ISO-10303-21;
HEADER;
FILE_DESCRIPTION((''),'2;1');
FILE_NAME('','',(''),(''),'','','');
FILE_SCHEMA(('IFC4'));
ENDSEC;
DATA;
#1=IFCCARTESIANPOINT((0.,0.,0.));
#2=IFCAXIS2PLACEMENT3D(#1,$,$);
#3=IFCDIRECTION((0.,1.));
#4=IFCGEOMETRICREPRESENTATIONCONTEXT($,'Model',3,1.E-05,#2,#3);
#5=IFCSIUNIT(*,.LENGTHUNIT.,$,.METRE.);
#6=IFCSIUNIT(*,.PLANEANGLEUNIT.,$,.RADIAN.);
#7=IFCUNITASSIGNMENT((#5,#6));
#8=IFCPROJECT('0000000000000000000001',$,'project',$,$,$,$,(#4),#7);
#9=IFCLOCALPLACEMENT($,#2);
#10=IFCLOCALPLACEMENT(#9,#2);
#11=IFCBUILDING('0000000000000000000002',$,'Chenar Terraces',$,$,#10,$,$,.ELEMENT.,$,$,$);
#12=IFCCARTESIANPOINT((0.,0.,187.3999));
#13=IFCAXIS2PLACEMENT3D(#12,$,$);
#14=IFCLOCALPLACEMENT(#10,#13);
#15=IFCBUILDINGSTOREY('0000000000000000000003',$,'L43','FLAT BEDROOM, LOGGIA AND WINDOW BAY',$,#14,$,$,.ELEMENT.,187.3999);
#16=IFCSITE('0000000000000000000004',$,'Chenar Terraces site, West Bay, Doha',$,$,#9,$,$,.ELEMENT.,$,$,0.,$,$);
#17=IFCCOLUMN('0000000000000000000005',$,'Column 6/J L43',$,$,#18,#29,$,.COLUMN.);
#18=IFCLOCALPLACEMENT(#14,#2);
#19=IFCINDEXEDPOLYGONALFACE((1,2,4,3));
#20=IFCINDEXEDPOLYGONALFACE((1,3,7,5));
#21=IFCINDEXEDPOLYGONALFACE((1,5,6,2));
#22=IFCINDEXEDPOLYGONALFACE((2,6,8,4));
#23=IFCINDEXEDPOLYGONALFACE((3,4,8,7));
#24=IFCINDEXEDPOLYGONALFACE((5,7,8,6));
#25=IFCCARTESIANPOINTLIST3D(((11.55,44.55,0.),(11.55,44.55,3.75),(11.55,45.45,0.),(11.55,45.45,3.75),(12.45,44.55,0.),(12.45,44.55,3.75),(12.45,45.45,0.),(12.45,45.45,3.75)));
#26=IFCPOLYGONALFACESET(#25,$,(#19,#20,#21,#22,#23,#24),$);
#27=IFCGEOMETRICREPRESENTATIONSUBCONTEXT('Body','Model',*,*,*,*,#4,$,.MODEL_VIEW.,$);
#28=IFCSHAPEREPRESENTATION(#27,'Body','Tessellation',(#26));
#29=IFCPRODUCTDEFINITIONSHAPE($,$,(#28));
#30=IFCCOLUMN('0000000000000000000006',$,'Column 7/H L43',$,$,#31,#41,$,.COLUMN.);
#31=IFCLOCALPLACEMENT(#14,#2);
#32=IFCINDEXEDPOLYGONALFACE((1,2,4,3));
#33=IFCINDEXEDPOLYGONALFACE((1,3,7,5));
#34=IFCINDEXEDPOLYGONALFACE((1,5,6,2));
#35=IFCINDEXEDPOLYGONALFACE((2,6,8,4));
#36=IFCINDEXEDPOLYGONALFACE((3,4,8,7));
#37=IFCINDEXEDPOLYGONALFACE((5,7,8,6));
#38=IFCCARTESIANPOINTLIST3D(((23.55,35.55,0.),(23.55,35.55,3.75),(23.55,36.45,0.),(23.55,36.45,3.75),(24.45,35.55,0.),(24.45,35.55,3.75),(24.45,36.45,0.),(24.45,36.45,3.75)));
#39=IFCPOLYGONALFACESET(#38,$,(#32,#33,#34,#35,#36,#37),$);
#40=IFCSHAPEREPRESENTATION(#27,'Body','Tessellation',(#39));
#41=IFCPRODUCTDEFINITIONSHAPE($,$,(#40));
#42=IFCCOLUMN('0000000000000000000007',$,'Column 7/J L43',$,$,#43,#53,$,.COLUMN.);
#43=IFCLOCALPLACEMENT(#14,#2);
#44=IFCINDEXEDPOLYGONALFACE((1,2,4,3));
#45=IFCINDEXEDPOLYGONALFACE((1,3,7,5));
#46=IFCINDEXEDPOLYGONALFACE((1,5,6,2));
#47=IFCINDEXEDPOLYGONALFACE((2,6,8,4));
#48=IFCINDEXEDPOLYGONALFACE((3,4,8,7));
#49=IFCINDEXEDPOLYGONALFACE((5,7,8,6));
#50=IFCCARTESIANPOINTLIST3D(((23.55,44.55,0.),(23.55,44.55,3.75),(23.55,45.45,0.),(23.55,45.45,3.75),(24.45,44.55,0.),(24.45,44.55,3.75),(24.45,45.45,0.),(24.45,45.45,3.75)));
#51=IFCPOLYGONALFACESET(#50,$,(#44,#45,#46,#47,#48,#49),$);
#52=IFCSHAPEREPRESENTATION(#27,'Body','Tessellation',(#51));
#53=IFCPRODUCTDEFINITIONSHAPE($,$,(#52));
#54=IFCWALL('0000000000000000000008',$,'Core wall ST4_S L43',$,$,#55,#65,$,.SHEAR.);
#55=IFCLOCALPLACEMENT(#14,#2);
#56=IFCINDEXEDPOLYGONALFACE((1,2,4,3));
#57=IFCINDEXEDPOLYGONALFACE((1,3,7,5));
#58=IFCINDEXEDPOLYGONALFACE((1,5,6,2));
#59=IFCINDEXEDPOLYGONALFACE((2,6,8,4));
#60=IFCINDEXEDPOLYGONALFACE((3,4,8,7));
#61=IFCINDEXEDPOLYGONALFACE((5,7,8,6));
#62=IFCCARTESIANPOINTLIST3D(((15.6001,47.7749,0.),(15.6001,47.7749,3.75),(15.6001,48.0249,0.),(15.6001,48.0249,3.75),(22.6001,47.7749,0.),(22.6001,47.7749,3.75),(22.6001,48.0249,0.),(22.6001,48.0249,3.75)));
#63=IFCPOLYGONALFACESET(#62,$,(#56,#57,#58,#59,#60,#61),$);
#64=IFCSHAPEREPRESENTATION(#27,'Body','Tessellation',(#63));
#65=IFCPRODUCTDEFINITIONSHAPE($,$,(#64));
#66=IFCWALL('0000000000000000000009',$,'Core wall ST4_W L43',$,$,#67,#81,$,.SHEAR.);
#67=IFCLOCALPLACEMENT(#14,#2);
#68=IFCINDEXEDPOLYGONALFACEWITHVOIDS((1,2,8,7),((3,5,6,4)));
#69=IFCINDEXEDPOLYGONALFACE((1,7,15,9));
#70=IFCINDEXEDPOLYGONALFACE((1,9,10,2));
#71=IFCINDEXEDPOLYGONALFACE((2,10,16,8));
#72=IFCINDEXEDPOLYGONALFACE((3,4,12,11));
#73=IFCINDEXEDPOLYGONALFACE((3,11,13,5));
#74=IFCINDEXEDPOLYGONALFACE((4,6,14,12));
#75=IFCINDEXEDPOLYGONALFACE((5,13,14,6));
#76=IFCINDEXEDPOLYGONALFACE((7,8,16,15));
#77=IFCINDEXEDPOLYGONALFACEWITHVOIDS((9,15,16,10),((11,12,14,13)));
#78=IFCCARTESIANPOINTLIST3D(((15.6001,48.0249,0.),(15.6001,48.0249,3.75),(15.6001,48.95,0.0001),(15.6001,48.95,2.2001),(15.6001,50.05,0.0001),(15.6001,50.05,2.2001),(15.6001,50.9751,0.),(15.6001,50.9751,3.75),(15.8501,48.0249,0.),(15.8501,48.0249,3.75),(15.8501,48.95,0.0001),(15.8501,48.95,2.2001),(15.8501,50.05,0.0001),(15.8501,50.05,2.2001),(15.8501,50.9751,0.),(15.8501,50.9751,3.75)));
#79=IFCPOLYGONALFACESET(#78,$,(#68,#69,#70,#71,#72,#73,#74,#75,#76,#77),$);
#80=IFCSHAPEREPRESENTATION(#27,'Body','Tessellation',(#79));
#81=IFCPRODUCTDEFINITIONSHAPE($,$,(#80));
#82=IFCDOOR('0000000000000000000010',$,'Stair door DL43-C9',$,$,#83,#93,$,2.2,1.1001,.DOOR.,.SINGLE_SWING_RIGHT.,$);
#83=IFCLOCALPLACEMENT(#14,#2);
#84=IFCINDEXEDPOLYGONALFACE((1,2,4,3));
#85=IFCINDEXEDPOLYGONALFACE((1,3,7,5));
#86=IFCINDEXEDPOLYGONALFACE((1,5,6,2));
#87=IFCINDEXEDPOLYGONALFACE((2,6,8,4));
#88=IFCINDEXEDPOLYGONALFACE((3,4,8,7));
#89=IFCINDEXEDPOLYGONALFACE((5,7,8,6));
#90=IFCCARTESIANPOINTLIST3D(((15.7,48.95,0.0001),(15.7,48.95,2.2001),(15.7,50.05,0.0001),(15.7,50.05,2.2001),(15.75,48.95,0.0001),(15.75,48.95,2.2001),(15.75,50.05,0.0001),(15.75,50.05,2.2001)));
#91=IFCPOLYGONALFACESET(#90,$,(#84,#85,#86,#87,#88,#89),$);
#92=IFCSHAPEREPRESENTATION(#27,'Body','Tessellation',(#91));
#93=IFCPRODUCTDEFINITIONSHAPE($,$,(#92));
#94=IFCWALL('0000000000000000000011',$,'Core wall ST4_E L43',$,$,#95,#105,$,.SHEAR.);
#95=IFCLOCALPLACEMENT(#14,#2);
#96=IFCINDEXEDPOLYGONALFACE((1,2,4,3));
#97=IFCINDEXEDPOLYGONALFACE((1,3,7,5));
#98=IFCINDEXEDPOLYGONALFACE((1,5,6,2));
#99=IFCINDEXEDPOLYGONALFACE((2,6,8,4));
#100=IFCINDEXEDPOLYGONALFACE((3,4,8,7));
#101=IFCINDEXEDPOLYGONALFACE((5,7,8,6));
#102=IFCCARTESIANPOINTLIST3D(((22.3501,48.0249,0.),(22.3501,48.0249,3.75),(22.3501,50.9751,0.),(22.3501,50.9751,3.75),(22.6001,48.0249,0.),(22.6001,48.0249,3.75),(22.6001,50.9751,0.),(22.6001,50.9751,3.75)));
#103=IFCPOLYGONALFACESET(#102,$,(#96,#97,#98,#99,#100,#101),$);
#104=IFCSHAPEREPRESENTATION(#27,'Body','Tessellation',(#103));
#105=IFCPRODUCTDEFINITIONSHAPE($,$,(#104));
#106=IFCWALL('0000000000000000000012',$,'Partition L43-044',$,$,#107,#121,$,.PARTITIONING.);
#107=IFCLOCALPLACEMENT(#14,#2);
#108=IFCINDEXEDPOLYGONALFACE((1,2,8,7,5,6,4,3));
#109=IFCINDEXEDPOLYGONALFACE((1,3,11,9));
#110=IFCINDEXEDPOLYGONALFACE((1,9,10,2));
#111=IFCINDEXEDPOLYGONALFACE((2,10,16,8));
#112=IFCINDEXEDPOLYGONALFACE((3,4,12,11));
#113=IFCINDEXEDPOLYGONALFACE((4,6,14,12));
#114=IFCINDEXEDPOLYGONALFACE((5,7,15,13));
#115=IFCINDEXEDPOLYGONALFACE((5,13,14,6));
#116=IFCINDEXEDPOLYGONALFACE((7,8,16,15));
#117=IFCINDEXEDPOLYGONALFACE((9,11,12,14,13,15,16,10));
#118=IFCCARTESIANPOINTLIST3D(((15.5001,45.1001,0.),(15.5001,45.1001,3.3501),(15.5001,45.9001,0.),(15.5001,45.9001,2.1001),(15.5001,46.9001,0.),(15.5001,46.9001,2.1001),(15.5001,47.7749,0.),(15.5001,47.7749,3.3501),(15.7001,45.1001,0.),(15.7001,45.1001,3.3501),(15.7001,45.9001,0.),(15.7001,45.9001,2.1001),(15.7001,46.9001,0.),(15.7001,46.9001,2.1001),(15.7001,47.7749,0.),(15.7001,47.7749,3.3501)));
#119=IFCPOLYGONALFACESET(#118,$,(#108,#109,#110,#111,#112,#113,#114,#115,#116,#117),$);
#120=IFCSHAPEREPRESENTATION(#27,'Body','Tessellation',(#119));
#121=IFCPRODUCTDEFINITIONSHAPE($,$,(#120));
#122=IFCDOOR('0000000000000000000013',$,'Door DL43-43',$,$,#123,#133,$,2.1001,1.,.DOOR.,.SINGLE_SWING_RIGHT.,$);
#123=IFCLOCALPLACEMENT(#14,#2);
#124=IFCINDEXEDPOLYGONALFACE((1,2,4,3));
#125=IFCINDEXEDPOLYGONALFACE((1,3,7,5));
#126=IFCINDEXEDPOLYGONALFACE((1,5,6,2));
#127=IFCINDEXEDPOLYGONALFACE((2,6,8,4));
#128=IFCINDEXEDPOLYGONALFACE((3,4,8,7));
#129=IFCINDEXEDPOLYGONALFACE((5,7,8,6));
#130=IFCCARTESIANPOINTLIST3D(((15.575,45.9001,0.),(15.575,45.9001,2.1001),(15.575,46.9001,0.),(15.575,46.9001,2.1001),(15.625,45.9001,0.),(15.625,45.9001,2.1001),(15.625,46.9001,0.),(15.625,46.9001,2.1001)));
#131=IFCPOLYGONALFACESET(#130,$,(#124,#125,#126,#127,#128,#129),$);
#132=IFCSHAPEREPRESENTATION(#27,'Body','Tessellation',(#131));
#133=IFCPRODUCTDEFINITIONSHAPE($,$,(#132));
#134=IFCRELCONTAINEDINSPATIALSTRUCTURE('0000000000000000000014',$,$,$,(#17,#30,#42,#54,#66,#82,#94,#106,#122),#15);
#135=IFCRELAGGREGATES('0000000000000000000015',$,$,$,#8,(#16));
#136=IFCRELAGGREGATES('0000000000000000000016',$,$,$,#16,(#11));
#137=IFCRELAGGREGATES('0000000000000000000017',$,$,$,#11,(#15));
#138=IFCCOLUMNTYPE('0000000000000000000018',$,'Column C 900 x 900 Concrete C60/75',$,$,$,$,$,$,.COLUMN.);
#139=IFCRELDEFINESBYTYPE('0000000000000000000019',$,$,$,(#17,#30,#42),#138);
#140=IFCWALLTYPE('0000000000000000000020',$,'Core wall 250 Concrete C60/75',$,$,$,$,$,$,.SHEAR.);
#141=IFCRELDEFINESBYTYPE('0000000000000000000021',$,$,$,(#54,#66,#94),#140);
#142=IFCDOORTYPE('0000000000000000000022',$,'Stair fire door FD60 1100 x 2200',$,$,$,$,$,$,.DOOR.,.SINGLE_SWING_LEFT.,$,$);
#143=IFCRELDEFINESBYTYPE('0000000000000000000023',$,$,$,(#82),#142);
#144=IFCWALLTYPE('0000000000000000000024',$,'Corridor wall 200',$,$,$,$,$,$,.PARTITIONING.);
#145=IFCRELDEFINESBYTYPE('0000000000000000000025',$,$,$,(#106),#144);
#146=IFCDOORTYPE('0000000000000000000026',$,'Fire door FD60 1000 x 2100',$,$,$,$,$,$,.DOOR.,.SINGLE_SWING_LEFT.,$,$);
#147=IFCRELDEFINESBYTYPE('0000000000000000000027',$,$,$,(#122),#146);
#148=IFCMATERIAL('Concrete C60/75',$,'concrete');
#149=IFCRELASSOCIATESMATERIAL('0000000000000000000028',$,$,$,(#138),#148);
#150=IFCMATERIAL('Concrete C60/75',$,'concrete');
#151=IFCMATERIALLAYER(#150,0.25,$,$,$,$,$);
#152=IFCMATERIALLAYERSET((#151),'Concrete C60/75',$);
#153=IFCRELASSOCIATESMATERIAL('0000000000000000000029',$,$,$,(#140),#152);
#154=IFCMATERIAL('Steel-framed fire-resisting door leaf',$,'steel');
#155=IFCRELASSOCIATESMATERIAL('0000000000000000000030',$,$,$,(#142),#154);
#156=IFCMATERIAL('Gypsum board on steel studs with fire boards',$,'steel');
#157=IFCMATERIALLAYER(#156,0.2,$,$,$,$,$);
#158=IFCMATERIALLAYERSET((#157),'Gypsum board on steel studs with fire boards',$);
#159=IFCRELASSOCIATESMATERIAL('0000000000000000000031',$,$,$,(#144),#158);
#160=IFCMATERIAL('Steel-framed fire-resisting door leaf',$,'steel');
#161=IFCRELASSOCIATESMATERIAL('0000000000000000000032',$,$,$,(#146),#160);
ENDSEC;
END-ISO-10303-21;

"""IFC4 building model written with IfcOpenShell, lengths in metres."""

from ifc_helpers import new_model, si_unit, direction, frame, frame_2d, origin, origin_2d, place, context, subcontext, project, spatial, rectangle, extrude, material, layer, layer_set, material_profile, profile_set, type_object, element, fill, save


model = new_model("IFC4")

# Units and contexts
model_context = context("Model", 3, precision=1e-05, world=origin(), true_north=direction((0.0, 1.0)))
body_context = subcontext(model_context, "Body", "Model", "MODEL_VIEW")
ifc_project = project(units=[si_unit("LENGTHUNIT", "METRE"), si_unit("PLANEANGLEUNIT", "RADIAN")], contexts=[model_context])

# Site, building, storey
site_placement = place(None, origin())
site = spatial("IfcSite", under=ifc_project, at=site_placement, Name="Chenar Terraces site, West Bay, Doha", CompositionType="ELEMENT", RefElevation=0.0)
building_placement = place(site_placement, origin())
building = spatial("IfcBuilding", under=site, at=building_placement, Name="Chenar Terraces", CompositionType="ELEMENT")
storey_placement = place(building_placement, frame((0.0, 0.0, 187.3999)))
storey = spatial("IfcBuildingStorey", under=building, at=storey_placement, Name="L43", Description="FLAT BEDROOM, LOGGIA AND WINDOW BAY", CompositionType="ELEMENT", Elevation=187.3999)

# Columns
ifc_material_1 = material(Name="Concrete C60/75", Category="concrete")
ifc_material_profile = material_profile(ifc_material_1, rectangle(XDim=0.8999, YDim=0.8999, at=origin_2d()), Name="C 900 x 900")
ifc_profile_set = profile_set([ifc_material_profile], Name="Concrete C60/75")
column_type = type_object("IfcColumnType", Name="Column C 900 x 900 Concrete C60/75", PredefinedType="COLUMN", material=ifc_profile_set)
for number, where, z_axis, x_axis, name in (
    (1, (12.0, 45.0, 0.0), (0.0, 0.0, 1.0), (1.0, 0.0, 0.0), "Column 6/J L43"),
    (2, (24.0, 36.0, 0.0), (0.0, 0.0, 1.0), (1.0, 0.0, 0.0), "Column 7/H L43"),
    (3, (24.0, 45.0, 0.0), (0.0, 0.0, 1.0), (1.0, 0.0, 0.0), "Column 7/J L43"),
):
    element("IfcColumn", number, at=place(storey_placement, frame(where, z_axis=z_axis, x_axis=x_axis)), inside=storey, type_object=column_type, Name=name, PredefinedType="COLUMN", context=body_context, shape_type="SweptSolid", body=[
        extrude(rectangle(XDim=0.8999, YDim=0.8999, at=origin_2d()), origin(), (0.0, 0.0, 1.0), 3.75),
    ])

# Wall
ifc_material_2 = material(Name="Concrete C60/75", Category="concrete")
ifc_layer_1 = layer(ifc_material_2, 0.25)
ifc_layer_set_1 = layer_set([ifc_layer_1], Name="Concrete C60/75")
wall_type_1 = type_object("IfcWallType", Name="Core wall 250 Concrete C60/75", PredefinedType="SHEAR", material=ifc_layer_set_1)
wall_1_placement = place(storey_placement, frame((15.6001, 47.8999, 0.0), z_axis=(0.0, 0.0, 1.0), x_axis=(1.0, 0.0, 0.0)))
element("IfcWall", 4, at=wall_1_placement, inside=storey, type_object=wall_type_1, Name="Core wall ST4_S L43", PredefinedType="SHEAR", context=body_context, shape_type="SweptSolid", body=[
    extrude(rectangle(XDim=7.0, YDim=0.25, at=frame_2d((3.5, 0.0))), origin(), (0.0, 0.0, 1.0), 3.75),
])

# Wall, opening, door
wall_2_placement = place(storey_placement, frame((15.7251, 48.0249, 0.0), z_axis=(0.0, 0.0, 1.0), x_axis=(0.0, 1.0, 0.0)))
wall_2 = element("IfcWall", 5, at=wall_2_placement, inside=storey, type_object=wall_type_1, Name="Core wall ST4_W L43", PredefinedType="SHEAR", context=body_context, shape_type="SweptSolid", body=[
    extrude(rectangle(XDim=2.9502, YDim=0.25, at=frame_2d((1.4751, 0.0))), origin(), (0.0, 0.0, 1.0), 3.75),
])
opening_1_placement = place(wall_2_placement, frame((0.925, 0.0, 0.0)))
opening_1 = element("IfcOpeningElement", 6, at=opening_1_placement, cuts=wall_2, PredefinedType="OPENING", context=body_context, shape_type="SweptSolid", body=[
    extrude(rectangle(XDim=1.1001, YDim=2.2, at=frame_2d((0.55, 1.1001))), frame((0.0, 0.135, 0.0), z_axis=(0.0, -1.0, 0.0), x_axis=(1.0, 0.0, 0.0)), (0.0, 0.0, 1.0), 0.27),
])
ifc_material_3 = material(Name="Steel-framed fire-resisting door leaf", Category="steel")
door_type_1 = type_object("IfcDoorType", Name="Stair fire door FD60 1100 x 2200", OperationType="SINGLE_SWING_LEFT", PredefinedType="DOOR", material=ifc_material_3)
door_1_placement = place(opening_1_placement, frame((1.1001, 0.0, 0.0), z_axis=(0.0, 0.0, 1.0), x_axis=(-1.0, 0.0, 0.0)))
door_1 = element("IfcDoor", 7, at=door_1_placement, inside=storey, type_object=door_type_1, Name="Stair door DL43-C9", OperationType="SINGLE_SWING_RIGHT", OverallHeight=2.2, OverallWidth=1.1001, PredefinedType="DOOR", context=body_context, shape_type="SweptSolid", body=[
    extrude(rectangle(XDim=1.1001, YDim=2.2, at=frame_2d((0.55, 1.1001))), frame((0.0, 0.0249, 0.0), z_axis=(0.0, -1.0, 0.0), x_axis=(1.0, 0.0, 0.0)), (0.0, 0.0, 1.0), 0.05),
])
fill(opening_1, door_1)

# Wall
wall_3_placement = place(storey_placement, frame((22.4751, 48.0249, 0.0), z_axis=(0.0, 0.0, 1.0), x_axis=(0.0, 1.0, 0.0)))
element("IfcWall", 8, at=wall_3_placement, inside=storey, type_object=wall_type_1, Name="Core wall ST4_E L43", PredefinedType="SHEAR", context=body_context, shape_type="SweptSolid", body=[
    extrude(rectangle(XDim=2.9502, YDim=0.25, at=frame_2d((1.4751, 0.0))), origin(), (0.0, 0.0, 1.0), 3.75),
])

# Wall, opening, door
ifc_material_4 = material(Name="Gypsum board on steel studs with fire boards", Category="steel")
ifc_layer_2 = layer(ifc_material_4, 0.2)
ifc_layer_set_2 = layer_set([ifc_layer_2], Name="Gypsum board on steel studs with fire boards")
wall_type_2 = type_object("IfcWallType", Name="Corridor wall 200", PredefinedType="PARTITIONING", material=ifc_layer_set_2)
wall_4_placement = place(storey_placement, frame((15.6001, 45.1001, 0.0), z_axis=(0.0, 0.0, 1.0), x_axis=(0.0, 1.0, 0.0)))
wall_4 = element("IfcWall", 9, at=wall_4_placement, inside=storey, type_object=wall_type_2, Name="Partition L43-044", PredefinedType="PARTITIONING", context=body_context, shape_type="SweptSolid", body=[
    extrude(rectangle(XDim=2.6748, YDim=0.2, at=frame_2d((1.3374, 0.0))), origin(), (0.0, 0.0, 1.0), 3.3501),
])
opening_2_placement = place(wall_4_placement, frame((0.8, 0.0, 0.0)))
opening_2 = element("IfcOpeningElement", 10, at=opening_2_placement, cuts=wall_4, PredefinedType="OPENING", context=body_context, shape_type="SweptSolid", body=[
    extrude(rectangle(XDim=1.0, YDim=2.1001, at=frame_2d((0.5, 1.05))), frame((0.0, 0.1099, 0.0), z_axis=(0.0, -1.0, 0.0), x_axis=(1.0, 0.0, 0.0)), (0.0, 0.0, 1.0), 0.22),
])
ifc_material_5 = material(Name="Steel-framed fire-resisting door leaf", Category="steel")
door_type_2 = type_object("IfcDoorType", Name="Fire door FD60 1000 x 2100", OperationType="SINGLE_SWING_LEFT", PredefinedType="DOOR", material=ifc_material_5)
door_2_placement = place(opening_2_placement, frame((1.0, 0.0, 0.0), z_axis=(0.0, 0.0, 1.0), x_axis=(-1.0, 0.0, 0.0)))
door_2 = element("IfcDoor", 11, at=door_2_placement, inside=storey, type_object=door_type_2, Name="Door DL43-43", OperationType="SINGLE_SWING_RIGHT", OverallHeight=2.1001, OverallWidth=1.0, PredefinedType="DOOR", context=body_context, shape_type="SweptSolid", body=[
    extrude(rectangle(XDim=1.0, YDim=2.1001, at=frame_2d((0.5, 1.05))), frame((0.0, 0.0249, 0.0), z_axis=(0.0, -1.0, 0.0), x_axis=(1.0, 0.0, 0.0)), (0.0, 0.0, 1.0), 0.05),
])
fill(opening_2, door_2)

save(model, "model.ifc")
